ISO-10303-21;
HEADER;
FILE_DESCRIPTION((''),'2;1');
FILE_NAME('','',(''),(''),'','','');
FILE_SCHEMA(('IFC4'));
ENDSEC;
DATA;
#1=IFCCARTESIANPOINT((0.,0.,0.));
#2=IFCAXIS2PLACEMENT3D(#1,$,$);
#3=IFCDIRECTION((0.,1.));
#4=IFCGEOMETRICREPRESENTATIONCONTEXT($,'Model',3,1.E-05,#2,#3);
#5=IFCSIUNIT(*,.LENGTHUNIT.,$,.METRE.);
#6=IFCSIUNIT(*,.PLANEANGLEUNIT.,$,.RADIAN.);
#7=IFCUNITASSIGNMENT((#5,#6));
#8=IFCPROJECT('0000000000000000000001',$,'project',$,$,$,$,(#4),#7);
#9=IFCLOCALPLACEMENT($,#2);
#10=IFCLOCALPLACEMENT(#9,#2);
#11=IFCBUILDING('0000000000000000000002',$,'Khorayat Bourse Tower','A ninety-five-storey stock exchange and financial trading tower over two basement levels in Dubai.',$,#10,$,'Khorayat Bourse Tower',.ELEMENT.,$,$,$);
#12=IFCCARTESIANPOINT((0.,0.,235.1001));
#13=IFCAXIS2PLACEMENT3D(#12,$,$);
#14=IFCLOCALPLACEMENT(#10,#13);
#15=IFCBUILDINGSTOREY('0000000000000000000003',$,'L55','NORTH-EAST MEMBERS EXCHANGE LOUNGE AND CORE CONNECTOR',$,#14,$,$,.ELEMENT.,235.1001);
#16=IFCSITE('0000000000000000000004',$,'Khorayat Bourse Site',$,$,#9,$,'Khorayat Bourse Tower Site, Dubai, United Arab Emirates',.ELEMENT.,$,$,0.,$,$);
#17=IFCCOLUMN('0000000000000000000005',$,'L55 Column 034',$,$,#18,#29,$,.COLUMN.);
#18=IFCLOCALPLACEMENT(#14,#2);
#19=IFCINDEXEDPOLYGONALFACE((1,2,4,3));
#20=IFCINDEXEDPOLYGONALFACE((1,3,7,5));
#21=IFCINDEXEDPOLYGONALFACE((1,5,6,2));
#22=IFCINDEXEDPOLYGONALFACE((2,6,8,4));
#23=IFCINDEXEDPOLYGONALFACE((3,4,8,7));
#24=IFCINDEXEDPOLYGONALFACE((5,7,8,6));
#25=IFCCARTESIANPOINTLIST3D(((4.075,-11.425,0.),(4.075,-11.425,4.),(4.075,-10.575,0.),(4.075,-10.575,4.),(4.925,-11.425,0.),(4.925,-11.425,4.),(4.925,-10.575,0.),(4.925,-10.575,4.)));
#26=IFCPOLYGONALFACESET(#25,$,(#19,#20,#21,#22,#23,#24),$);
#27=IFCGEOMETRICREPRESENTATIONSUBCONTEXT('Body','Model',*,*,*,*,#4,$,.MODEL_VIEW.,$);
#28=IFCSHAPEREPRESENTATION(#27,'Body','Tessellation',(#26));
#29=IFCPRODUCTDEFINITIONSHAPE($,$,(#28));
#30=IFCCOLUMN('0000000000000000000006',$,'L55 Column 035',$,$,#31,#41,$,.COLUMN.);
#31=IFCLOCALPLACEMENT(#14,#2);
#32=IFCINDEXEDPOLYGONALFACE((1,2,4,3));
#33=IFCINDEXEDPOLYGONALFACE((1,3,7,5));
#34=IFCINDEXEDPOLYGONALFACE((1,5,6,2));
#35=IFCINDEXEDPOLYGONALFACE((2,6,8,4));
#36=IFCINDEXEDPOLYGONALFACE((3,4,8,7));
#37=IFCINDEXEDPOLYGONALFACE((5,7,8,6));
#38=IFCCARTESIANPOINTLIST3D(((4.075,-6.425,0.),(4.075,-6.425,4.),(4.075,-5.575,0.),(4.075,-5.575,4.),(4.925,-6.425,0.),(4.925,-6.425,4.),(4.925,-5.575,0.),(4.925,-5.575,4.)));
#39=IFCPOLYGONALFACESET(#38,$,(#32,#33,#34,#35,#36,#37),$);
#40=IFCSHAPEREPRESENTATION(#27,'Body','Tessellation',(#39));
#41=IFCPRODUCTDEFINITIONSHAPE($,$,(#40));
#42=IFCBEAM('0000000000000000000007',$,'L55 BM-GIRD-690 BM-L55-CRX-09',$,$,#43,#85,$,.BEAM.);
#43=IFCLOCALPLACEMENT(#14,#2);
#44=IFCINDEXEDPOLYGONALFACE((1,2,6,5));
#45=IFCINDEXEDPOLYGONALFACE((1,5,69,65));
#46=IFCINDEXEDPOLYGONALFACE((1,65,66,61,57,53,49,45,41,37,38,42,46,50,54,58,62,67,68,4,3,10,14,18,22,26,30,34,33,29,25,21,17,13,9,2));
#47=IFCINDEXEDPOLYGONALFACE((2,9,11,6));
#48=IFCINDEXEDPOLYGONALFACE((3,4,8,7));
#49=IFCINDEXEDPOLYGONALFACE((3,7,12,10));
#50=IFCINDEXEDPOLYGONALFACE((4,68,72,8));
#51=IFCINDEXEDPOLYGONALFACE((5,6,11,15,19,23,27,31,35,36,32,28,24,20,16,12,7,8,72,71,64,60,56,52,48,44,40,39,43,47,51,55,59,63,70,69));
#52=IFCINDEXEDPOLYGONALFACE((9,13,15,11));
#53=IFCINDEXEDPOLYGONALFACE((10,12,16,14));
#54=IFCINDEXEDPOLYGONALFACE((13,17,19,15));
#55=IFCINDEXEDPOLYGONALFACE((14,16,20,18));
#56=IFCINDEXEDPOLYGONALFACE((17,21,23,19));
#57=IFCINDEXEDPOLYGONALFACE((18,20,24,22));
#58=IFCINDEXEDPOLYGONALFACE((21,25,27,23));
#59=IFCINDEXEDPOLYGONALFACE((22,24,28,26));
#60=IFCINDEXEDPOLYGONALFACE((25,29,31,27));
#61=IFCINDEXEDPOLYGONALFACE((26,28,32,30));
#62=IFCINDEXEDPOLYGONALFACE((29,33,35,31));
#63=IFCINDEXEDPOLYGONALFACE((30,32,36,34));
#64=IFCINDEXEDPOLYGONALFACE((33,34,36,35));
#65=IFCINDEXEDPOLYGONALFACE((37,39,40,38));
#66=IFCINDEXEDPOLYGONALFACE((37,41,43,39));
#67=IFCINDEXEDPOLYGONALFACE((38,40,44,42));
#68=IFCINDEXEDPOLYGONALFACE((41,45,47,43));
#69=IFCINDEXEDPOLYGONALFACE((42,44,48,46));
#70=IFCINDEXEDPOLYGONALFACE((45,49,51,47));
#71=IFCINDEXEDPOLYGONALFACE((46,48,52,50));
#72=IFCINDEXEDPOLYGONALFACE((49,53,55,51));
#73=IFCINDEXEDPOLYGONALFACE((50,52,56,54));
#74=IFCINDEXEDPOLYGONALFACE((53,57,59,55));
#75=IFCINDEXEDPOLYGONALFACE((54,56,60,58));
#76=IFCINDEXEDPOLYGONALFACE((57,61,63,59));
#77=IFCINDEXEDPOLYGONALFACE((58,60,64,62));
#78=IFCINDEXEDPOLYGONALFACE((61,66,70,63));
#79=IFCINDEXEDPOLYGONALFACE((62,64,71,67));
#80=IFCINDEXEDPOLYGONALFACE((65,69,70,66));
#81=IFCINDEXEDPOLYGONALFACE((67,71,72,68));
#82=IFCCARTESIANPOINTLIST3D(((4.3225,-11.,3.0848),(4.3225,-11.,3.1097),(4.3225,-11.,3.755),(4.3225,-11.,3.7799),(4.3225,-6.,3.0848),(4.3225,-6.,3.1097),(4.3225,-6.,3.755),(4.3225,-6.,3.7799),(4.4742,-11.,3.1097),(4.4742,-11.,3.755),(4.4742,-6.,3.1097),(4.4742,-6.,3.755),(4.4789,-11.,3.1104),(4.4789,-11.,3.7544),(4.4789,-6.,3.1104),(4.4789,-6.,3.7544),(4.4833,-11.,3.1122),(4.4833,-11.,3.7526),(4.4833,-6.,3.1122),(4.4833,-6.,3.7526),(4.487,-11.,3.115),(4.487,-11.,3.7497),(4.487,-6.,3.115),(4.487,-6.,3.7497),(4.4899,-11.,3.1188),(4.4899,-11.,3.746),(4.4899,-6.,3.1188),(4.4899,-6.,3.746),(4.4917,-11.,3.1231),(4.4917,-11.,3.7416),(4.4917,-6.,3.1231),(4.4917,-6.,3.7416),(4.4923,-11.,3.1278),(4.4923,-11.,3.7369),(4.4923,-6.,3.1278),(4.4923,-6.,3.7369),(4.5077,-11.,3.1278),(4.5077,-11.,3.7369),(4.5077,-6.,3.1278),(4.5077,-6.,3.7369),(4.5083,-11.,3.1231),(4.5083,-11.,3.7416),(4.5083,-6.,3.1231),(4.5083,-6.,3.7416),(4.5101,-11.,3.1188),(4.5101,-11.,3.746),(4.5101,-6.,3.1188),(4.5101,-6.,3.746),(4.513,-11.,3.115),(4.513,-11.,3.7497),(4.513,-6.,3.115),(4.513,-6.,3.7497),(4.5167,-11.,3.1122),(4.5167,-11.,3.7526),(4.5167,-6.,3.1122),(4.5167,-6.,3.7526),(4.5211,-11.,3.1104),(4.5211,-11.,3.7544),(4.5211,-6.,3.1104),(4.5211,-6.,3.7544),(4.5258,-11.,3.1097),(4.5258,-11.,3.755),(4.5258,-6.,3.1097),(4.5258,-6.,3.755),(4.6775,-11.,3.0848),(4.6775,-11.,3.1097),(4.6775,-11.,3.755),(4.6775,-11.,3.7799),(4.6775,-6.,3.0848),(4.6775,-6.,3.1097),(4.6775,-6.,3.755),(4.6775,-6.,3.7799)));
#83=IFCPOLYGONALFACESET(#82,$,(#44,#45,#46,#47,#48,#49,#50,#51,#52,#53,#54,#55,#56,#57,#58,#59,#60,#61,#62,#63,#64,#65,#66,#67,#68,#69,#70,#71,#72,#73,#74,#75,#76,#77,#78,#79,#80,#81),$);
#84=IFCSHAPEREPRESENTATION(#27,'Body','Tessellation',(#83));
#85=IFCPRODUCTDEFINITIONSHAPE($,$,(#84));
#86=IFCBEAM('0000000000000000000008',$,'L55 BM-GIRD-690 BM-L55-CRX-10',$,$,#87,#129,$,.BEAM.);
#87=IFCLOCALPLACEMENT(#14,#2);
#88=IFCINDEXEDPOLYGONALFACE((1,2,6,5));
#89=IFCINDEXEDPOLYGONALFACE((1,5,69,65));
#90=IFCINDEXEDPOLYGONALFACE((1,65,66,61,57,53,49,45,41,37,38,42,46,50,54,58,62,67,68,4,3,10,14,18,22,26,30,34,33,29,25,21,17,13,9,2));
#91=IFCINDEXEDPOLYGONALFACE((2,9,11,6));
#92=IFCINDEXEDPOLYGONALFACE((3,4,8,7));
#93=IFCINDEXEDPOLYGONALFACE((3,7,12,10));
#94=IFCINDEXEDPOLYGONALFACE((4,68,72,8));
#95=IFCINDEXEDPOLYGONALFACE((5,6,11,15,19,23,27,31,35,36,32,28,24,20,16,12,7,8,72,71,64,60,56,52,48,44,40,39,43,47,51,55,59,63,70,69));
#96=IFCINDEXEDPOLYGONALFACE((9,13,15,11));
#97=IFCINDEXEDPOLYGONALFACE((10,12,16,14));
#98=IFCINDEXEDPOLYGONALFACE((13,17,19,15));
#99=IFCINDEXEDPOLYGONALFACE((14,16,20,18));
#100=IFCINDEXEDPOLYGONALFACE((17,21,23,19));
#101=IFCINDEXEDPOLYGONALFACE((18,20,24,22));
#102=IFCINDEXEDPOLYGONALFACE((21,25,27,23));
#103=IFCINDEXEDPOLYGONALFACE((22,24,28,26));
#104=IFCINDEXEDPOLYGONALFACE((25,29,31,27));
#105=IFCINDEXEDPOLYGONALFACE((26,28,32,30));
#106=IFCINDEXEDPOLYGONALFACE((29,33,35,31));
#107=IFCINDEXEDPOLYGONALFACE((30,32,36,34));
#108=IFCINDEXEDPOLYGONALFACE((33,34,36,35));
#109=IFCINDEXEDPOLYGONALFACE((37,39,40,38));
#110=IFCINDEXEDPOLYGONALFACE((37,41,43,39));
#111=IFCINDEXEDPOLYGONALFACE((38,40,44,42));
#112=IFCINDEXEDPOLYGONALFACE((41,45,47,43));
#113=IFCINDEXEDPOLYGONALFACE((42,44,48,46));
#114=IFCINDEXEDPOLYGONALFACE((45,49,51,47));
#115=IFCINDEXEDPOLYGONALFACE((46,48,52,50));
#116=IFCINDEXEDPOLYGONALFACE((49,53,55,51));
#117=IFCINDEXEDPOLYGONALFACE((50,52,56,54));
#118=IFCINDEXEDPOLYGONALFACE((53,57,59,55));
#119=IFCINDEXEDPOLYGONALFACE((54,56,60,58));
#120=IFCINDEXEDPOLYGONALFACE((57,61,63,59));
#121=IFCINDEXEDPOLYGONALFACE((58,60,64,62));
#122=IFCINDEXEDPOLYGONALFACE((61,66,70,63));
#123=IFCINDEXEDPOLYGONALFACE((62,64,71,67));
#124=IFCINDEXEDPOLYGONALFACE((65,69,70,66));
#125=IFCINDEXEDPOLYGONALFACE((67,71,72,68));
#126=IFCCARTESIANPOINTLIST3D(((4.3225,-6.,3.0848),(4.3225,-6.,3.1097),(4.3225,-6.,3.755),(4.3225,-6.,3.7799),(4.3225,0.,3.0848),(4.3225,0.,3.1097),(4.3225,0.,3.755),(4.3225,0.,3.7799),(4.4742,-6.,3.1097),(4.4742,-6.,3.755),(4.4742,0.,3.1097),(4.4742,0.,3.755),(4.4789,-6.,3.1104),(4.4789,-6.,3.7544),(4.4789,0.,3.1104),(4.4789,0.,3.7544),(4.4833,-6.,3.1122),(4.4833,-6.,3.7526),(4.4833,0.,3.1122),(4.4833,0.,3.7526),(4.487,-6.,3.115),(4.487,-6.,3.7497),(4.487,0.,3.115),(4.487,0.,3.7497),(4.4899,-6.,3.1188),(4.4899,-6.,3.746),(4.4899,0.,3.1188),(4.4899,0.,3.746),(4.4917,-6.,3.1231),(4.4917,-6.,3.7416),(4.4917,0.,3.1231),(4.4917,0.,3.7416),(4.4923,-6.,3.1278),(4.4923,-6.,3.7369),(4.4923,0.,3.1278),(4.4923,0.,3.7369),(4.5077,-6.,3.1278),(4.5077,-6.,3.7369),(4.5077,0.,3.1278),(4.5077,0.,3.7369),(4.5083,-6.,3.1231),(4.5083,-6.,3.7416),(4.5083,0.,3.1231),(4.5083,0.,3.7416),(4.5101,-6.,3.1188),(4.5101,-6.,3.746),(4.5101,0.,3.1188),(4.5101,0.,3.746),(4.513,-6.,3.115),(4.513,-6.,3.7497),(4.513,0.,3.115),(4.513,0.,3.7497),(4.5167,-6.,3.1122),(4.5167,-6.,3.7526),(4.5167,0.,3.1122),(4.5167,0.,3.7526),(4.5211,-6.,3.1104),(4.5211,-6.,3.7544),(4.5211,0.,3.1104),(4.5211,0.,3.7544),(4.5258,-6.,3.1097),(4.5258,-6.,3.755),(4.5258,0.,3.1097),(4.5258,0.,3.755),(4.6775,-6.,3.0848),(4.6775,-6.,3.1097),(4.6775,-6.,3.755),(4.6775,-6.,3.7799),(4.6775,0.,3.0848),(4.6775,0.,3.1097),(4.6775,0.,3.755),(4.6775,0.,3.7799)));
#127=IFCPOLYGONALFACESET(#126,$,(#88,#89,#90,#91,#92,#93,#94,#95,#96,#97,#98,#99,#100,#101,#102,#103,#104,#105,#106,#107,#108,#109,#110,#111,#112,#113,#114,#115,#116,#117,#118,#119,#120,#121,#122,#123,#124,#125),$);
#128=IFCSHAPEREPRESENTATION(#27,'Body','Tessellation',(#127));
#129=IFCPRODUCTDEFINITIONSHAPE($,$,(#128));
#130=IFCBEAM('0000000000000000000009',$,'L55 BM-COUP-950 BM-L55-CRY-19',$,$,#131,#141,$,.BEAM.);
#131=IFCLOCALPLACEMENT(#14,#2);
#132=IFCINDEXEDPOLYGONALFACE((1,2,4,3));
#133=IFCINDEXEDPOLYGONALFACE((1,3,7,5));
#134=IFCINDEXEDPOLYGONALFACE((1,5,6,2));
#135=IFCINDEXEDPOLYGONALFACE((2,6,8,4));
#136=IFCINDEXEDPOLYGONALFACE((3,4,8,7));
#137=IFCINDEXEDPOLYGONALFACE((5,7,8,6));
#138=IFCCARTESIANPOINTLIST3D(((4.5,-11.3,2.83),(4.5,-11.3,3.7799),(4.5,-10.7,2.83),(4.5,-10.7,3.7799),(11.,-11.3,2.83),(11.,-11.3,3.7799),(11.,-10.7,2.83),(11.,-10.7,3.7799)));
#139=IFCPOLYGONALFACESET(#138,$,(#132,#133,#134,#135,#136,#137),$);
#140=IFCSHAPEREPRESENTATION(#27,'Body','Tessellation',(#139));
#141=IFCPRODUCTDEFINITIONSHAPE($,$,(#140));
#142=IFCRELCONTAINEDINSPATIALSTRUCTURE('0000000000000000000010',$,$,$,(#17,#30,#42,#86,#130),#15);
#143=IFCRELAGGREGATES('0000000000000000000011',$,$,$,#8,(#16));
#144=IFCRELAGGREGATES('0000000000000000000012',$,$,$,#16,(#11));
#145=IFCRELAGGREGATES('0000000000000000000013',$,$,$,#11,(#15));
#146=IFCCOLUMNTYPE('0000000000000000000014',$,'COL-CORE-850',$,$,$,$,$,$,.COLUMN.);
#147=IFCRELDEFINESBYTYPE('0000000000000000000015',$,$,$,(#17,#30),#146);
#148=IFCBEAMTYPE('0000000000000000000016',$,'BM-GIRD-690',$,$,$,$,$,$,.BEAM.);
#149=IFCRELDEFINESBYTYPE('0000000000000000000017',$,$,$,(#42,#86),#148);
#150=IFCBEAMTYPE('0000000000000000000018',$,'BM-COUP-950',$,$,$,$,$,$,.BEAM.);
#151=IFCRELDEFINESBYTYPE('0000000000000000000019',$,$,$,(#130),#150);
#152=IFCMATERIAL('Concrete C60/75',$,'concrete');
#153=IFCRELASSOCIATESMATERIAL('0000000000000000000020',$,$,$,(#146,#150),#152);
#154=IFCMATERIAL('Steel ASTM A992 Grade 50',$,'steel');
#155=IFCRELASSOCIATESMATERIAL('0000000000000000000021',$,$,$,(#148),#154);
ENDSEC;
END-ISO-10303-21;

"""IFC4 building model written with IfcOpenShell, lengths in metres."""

from ifc_helpers import new_model, si_unit, direction, frame, origin, origin_2d, place, context, subcontext, project, spatial, rectangle, i_section, extrude, source, transform, mapped, material, material_profile, profile_set, type_object, element, save


model = new_model("IFC4")

# Units and contexts
model_context = context("Model", 3, precision=1e-05, world=origin(), true_north=direction((0.0, 1.0)))
body_context = subcontext(model_context, "Body", "Model", "MODEL_VIEW")
ifc_project = project(units=[si_unit("LENGTHUNIT", "METRE"), si_unit("PLANEANGLEUNIT", "RADIAN")], contexts=[model_context])

# Site, building, storey
site_placement = place(None, origin())
site = spatial("IfcSite", under=ifc_project, at=site_placement, Name="Khorayat Bourse Site", LongName="Khorayat Bourse Tower Site, Dubai, United Arab Emirates", CompositionType="ELEMENT", RefElevation=0.0)
building_placement = place(site_placement, origin())
building = spatial("IfcBuilding", under=site, at=building_placement, Name="Khorayat Bourse Tower", Description="A ninety-five-storey stock exchange and financial trading tower over two basement levels in Dubai.", LongName="Khorayat Bourse Tower", CompositionType="ELEMENT")
storey_placement = place(building_placement, frame((0.0, 0.0, 235.1001)))
storey = spatial("IfcBuildingStorey", under=building, at=storey_placement, Name="L55", Description="NORTH-EAST MEMBERS EXCHANGE LOUNGE AND CORE CONNECTOR", CompositionType="ELEMENT", Elevation=235.1001)

# Columns
ifc_material_1 = material(Name="Concrete C60/75", Category="concrete")
ifc_material_profile_1 = material_profile(ifc_material_1, rectangle(XDim=0.8501, YDim=0.8501, at=origin_2d()), Name="RC 850x850")
ifc_profile_set_1 = profile_set([ifc_material_profile_1], Name="Concrete C60/75")
column_type = type_object("IfcColumnType", Name="COL-CORE-850", PredefinedType="COLUMN", material=ifc_profile_set_1)
shared_shape_1 = source(origin(), body_context, "Body", "SweptSolid", [
    extrude(rectangle(XDim=0.8501, YDim=0.8501, at=origin_2d()), origin(), (0.0, 0.0, 1.0), 4.0),
])
for number, where, z_axis, x_axis, name in (
    (1, (4.5, -11.0, 0.0), (0.0, 0.0, 1.0), (1.0, 0.0, 0.0), "L55 Column 034"),
    (2, (4.5, -6.0, 0.0), (0.0, 0.0, 1.0), (1.0, 0.0, 0.0), "L55 Column 035"),
):
    element("IfcColumn", number, at=place(storey_placement, frame(where, z_axis=z_axis, x_axis=x_axis)), inside=storey, type_object=column_type, Name=name, PredefinedType="COLUMN", context=body_context, shape_type="MappedRepresentation", body=[
        mapped(shared_shape_1, transform((0.0, 0.0, 0.0), scale=1.0)),
    ])

# Beams
ifc_material_2 = material(Name="Steel ASTM A992 Grade 50", Category="steel")
ifc_material_profile_2 = material_profile(ifc_material_2, i_section(OverallWidth=0.355, OverallDepth=0.6951, WebThickness=0.0154, FlangeThickness=0.0249, FilletRadius=0.0181, at=origin_2d()), Name="W690X217")
ifc_profile_set_2 = profile_set([ifc_material_profile_2], Name="Steel ASTM A992 Grade 50")
beam_type_1 = type_object("IfcBeamType", Name="BM-GIRD-690", PredefinedType="BEAM", material=ifc_profile_set_2)
shared_shape_2 = source(origin(), body_context, "Body", "SweptSolid", [
    extrude(i_section(OverallWidth=0.355, OverallDepth=0.6951, WebThickness=0.0154, FlangeThickness=0.0249, FilletRadius=0.0181, at=origin_2d()), origin(), (0.0, 0.0, 1.0), 5.0),
])
beam_1_placement = place(storey_placement, frame((4.5, -11.0, 3.4324), z_axis=(0.0, 1.0, 0.0), x_axis=(-1.0, 0.0, 0.0)))
element("IfcBeam", 3, at=beam_1_placement, inside=storey, type_object=beam_type_1, Name="L55 BM-GIRD-690 BM-L55-CRX-09", PredefinedType="BEAM", context=body_context, shape_type="MappedRepresentation", body=[
    mapped(shared_shape_2, transform((0.0, 0.0, 0.0), scale=1.0)),
])
shared_shape_3 = source(origin(), body_context, "Body", "SweptSolid", [
    extrude(i_section(OverallWidth=0.355, OverallDepth=0.6951, WebThickness=0.0154, FlangeThickness=0.0249, FilletRadius=0.0181, at=origin_2d()), origin(), (0.0, 0.0, 1.0), 6.0),
])
beam_2_placement = place(storey_placement, frame((4.5, -6.0, 3.4324), z_axis=(0.0, 1.0, 0.0), x_axis=(-1.0, 0.0, 0.0)))
element("IfcBeam", 4, at=beam_2_placement, inside=storey, type_object=beam_type_1, Name="L55 BM-GIRD-690 BM-L55-CRX-10", PredefinedType="BEAM", context=body_context, shape_type="MappedRepresentation", body=[
    mapped(shared_shape_3, transform((0.0, 0.0, 0.0), scale=1.0)),
])
ifc_material_profile_3 = material_profile(ifc_material_1, rectangle(XDim=0.6001, YDim=0.95, at=origin_2d()), Name="RC 600x950")
ifc_profile_set_3 = profile_set([ifc_material_profile_3], Name="Concrete C60/75")
beam_type_2 = type_object("IfcBeamType", Name="BM-COUP-950", PredefinedType="BEAM", material=ifc_profile_set_3)
shared_shape_4 = source(origin(), body_context, "Body", "SweptSolid", [
    extrude(rectangle(XDim=0.6001, YDim=0.95, at=origin_2d()), origin(), (0.0, 0.0, 1.0), 6.5),
])
beam_3_placement = place(storey_placement, frame((4.5, -11.0, 3.3049), z_axis=(1.0, 0.0, 0.0), x_axis=(0.0, 1.0, 0.0)))
element("IfcBeam", 5, at=beam_3_placement, inside=storey, type_object=beam_type_2, Name="L55 BM-COUP-950 BM-L55-CRY-19", PredefinedType="BEAM", context=body_context, shape_type="MappedRepresentation", body=[
    mapped(shared_shape_4, transform((0.0, 0.0, 0.0), scale=1.0)),
])

save(model, "model.ifc")
